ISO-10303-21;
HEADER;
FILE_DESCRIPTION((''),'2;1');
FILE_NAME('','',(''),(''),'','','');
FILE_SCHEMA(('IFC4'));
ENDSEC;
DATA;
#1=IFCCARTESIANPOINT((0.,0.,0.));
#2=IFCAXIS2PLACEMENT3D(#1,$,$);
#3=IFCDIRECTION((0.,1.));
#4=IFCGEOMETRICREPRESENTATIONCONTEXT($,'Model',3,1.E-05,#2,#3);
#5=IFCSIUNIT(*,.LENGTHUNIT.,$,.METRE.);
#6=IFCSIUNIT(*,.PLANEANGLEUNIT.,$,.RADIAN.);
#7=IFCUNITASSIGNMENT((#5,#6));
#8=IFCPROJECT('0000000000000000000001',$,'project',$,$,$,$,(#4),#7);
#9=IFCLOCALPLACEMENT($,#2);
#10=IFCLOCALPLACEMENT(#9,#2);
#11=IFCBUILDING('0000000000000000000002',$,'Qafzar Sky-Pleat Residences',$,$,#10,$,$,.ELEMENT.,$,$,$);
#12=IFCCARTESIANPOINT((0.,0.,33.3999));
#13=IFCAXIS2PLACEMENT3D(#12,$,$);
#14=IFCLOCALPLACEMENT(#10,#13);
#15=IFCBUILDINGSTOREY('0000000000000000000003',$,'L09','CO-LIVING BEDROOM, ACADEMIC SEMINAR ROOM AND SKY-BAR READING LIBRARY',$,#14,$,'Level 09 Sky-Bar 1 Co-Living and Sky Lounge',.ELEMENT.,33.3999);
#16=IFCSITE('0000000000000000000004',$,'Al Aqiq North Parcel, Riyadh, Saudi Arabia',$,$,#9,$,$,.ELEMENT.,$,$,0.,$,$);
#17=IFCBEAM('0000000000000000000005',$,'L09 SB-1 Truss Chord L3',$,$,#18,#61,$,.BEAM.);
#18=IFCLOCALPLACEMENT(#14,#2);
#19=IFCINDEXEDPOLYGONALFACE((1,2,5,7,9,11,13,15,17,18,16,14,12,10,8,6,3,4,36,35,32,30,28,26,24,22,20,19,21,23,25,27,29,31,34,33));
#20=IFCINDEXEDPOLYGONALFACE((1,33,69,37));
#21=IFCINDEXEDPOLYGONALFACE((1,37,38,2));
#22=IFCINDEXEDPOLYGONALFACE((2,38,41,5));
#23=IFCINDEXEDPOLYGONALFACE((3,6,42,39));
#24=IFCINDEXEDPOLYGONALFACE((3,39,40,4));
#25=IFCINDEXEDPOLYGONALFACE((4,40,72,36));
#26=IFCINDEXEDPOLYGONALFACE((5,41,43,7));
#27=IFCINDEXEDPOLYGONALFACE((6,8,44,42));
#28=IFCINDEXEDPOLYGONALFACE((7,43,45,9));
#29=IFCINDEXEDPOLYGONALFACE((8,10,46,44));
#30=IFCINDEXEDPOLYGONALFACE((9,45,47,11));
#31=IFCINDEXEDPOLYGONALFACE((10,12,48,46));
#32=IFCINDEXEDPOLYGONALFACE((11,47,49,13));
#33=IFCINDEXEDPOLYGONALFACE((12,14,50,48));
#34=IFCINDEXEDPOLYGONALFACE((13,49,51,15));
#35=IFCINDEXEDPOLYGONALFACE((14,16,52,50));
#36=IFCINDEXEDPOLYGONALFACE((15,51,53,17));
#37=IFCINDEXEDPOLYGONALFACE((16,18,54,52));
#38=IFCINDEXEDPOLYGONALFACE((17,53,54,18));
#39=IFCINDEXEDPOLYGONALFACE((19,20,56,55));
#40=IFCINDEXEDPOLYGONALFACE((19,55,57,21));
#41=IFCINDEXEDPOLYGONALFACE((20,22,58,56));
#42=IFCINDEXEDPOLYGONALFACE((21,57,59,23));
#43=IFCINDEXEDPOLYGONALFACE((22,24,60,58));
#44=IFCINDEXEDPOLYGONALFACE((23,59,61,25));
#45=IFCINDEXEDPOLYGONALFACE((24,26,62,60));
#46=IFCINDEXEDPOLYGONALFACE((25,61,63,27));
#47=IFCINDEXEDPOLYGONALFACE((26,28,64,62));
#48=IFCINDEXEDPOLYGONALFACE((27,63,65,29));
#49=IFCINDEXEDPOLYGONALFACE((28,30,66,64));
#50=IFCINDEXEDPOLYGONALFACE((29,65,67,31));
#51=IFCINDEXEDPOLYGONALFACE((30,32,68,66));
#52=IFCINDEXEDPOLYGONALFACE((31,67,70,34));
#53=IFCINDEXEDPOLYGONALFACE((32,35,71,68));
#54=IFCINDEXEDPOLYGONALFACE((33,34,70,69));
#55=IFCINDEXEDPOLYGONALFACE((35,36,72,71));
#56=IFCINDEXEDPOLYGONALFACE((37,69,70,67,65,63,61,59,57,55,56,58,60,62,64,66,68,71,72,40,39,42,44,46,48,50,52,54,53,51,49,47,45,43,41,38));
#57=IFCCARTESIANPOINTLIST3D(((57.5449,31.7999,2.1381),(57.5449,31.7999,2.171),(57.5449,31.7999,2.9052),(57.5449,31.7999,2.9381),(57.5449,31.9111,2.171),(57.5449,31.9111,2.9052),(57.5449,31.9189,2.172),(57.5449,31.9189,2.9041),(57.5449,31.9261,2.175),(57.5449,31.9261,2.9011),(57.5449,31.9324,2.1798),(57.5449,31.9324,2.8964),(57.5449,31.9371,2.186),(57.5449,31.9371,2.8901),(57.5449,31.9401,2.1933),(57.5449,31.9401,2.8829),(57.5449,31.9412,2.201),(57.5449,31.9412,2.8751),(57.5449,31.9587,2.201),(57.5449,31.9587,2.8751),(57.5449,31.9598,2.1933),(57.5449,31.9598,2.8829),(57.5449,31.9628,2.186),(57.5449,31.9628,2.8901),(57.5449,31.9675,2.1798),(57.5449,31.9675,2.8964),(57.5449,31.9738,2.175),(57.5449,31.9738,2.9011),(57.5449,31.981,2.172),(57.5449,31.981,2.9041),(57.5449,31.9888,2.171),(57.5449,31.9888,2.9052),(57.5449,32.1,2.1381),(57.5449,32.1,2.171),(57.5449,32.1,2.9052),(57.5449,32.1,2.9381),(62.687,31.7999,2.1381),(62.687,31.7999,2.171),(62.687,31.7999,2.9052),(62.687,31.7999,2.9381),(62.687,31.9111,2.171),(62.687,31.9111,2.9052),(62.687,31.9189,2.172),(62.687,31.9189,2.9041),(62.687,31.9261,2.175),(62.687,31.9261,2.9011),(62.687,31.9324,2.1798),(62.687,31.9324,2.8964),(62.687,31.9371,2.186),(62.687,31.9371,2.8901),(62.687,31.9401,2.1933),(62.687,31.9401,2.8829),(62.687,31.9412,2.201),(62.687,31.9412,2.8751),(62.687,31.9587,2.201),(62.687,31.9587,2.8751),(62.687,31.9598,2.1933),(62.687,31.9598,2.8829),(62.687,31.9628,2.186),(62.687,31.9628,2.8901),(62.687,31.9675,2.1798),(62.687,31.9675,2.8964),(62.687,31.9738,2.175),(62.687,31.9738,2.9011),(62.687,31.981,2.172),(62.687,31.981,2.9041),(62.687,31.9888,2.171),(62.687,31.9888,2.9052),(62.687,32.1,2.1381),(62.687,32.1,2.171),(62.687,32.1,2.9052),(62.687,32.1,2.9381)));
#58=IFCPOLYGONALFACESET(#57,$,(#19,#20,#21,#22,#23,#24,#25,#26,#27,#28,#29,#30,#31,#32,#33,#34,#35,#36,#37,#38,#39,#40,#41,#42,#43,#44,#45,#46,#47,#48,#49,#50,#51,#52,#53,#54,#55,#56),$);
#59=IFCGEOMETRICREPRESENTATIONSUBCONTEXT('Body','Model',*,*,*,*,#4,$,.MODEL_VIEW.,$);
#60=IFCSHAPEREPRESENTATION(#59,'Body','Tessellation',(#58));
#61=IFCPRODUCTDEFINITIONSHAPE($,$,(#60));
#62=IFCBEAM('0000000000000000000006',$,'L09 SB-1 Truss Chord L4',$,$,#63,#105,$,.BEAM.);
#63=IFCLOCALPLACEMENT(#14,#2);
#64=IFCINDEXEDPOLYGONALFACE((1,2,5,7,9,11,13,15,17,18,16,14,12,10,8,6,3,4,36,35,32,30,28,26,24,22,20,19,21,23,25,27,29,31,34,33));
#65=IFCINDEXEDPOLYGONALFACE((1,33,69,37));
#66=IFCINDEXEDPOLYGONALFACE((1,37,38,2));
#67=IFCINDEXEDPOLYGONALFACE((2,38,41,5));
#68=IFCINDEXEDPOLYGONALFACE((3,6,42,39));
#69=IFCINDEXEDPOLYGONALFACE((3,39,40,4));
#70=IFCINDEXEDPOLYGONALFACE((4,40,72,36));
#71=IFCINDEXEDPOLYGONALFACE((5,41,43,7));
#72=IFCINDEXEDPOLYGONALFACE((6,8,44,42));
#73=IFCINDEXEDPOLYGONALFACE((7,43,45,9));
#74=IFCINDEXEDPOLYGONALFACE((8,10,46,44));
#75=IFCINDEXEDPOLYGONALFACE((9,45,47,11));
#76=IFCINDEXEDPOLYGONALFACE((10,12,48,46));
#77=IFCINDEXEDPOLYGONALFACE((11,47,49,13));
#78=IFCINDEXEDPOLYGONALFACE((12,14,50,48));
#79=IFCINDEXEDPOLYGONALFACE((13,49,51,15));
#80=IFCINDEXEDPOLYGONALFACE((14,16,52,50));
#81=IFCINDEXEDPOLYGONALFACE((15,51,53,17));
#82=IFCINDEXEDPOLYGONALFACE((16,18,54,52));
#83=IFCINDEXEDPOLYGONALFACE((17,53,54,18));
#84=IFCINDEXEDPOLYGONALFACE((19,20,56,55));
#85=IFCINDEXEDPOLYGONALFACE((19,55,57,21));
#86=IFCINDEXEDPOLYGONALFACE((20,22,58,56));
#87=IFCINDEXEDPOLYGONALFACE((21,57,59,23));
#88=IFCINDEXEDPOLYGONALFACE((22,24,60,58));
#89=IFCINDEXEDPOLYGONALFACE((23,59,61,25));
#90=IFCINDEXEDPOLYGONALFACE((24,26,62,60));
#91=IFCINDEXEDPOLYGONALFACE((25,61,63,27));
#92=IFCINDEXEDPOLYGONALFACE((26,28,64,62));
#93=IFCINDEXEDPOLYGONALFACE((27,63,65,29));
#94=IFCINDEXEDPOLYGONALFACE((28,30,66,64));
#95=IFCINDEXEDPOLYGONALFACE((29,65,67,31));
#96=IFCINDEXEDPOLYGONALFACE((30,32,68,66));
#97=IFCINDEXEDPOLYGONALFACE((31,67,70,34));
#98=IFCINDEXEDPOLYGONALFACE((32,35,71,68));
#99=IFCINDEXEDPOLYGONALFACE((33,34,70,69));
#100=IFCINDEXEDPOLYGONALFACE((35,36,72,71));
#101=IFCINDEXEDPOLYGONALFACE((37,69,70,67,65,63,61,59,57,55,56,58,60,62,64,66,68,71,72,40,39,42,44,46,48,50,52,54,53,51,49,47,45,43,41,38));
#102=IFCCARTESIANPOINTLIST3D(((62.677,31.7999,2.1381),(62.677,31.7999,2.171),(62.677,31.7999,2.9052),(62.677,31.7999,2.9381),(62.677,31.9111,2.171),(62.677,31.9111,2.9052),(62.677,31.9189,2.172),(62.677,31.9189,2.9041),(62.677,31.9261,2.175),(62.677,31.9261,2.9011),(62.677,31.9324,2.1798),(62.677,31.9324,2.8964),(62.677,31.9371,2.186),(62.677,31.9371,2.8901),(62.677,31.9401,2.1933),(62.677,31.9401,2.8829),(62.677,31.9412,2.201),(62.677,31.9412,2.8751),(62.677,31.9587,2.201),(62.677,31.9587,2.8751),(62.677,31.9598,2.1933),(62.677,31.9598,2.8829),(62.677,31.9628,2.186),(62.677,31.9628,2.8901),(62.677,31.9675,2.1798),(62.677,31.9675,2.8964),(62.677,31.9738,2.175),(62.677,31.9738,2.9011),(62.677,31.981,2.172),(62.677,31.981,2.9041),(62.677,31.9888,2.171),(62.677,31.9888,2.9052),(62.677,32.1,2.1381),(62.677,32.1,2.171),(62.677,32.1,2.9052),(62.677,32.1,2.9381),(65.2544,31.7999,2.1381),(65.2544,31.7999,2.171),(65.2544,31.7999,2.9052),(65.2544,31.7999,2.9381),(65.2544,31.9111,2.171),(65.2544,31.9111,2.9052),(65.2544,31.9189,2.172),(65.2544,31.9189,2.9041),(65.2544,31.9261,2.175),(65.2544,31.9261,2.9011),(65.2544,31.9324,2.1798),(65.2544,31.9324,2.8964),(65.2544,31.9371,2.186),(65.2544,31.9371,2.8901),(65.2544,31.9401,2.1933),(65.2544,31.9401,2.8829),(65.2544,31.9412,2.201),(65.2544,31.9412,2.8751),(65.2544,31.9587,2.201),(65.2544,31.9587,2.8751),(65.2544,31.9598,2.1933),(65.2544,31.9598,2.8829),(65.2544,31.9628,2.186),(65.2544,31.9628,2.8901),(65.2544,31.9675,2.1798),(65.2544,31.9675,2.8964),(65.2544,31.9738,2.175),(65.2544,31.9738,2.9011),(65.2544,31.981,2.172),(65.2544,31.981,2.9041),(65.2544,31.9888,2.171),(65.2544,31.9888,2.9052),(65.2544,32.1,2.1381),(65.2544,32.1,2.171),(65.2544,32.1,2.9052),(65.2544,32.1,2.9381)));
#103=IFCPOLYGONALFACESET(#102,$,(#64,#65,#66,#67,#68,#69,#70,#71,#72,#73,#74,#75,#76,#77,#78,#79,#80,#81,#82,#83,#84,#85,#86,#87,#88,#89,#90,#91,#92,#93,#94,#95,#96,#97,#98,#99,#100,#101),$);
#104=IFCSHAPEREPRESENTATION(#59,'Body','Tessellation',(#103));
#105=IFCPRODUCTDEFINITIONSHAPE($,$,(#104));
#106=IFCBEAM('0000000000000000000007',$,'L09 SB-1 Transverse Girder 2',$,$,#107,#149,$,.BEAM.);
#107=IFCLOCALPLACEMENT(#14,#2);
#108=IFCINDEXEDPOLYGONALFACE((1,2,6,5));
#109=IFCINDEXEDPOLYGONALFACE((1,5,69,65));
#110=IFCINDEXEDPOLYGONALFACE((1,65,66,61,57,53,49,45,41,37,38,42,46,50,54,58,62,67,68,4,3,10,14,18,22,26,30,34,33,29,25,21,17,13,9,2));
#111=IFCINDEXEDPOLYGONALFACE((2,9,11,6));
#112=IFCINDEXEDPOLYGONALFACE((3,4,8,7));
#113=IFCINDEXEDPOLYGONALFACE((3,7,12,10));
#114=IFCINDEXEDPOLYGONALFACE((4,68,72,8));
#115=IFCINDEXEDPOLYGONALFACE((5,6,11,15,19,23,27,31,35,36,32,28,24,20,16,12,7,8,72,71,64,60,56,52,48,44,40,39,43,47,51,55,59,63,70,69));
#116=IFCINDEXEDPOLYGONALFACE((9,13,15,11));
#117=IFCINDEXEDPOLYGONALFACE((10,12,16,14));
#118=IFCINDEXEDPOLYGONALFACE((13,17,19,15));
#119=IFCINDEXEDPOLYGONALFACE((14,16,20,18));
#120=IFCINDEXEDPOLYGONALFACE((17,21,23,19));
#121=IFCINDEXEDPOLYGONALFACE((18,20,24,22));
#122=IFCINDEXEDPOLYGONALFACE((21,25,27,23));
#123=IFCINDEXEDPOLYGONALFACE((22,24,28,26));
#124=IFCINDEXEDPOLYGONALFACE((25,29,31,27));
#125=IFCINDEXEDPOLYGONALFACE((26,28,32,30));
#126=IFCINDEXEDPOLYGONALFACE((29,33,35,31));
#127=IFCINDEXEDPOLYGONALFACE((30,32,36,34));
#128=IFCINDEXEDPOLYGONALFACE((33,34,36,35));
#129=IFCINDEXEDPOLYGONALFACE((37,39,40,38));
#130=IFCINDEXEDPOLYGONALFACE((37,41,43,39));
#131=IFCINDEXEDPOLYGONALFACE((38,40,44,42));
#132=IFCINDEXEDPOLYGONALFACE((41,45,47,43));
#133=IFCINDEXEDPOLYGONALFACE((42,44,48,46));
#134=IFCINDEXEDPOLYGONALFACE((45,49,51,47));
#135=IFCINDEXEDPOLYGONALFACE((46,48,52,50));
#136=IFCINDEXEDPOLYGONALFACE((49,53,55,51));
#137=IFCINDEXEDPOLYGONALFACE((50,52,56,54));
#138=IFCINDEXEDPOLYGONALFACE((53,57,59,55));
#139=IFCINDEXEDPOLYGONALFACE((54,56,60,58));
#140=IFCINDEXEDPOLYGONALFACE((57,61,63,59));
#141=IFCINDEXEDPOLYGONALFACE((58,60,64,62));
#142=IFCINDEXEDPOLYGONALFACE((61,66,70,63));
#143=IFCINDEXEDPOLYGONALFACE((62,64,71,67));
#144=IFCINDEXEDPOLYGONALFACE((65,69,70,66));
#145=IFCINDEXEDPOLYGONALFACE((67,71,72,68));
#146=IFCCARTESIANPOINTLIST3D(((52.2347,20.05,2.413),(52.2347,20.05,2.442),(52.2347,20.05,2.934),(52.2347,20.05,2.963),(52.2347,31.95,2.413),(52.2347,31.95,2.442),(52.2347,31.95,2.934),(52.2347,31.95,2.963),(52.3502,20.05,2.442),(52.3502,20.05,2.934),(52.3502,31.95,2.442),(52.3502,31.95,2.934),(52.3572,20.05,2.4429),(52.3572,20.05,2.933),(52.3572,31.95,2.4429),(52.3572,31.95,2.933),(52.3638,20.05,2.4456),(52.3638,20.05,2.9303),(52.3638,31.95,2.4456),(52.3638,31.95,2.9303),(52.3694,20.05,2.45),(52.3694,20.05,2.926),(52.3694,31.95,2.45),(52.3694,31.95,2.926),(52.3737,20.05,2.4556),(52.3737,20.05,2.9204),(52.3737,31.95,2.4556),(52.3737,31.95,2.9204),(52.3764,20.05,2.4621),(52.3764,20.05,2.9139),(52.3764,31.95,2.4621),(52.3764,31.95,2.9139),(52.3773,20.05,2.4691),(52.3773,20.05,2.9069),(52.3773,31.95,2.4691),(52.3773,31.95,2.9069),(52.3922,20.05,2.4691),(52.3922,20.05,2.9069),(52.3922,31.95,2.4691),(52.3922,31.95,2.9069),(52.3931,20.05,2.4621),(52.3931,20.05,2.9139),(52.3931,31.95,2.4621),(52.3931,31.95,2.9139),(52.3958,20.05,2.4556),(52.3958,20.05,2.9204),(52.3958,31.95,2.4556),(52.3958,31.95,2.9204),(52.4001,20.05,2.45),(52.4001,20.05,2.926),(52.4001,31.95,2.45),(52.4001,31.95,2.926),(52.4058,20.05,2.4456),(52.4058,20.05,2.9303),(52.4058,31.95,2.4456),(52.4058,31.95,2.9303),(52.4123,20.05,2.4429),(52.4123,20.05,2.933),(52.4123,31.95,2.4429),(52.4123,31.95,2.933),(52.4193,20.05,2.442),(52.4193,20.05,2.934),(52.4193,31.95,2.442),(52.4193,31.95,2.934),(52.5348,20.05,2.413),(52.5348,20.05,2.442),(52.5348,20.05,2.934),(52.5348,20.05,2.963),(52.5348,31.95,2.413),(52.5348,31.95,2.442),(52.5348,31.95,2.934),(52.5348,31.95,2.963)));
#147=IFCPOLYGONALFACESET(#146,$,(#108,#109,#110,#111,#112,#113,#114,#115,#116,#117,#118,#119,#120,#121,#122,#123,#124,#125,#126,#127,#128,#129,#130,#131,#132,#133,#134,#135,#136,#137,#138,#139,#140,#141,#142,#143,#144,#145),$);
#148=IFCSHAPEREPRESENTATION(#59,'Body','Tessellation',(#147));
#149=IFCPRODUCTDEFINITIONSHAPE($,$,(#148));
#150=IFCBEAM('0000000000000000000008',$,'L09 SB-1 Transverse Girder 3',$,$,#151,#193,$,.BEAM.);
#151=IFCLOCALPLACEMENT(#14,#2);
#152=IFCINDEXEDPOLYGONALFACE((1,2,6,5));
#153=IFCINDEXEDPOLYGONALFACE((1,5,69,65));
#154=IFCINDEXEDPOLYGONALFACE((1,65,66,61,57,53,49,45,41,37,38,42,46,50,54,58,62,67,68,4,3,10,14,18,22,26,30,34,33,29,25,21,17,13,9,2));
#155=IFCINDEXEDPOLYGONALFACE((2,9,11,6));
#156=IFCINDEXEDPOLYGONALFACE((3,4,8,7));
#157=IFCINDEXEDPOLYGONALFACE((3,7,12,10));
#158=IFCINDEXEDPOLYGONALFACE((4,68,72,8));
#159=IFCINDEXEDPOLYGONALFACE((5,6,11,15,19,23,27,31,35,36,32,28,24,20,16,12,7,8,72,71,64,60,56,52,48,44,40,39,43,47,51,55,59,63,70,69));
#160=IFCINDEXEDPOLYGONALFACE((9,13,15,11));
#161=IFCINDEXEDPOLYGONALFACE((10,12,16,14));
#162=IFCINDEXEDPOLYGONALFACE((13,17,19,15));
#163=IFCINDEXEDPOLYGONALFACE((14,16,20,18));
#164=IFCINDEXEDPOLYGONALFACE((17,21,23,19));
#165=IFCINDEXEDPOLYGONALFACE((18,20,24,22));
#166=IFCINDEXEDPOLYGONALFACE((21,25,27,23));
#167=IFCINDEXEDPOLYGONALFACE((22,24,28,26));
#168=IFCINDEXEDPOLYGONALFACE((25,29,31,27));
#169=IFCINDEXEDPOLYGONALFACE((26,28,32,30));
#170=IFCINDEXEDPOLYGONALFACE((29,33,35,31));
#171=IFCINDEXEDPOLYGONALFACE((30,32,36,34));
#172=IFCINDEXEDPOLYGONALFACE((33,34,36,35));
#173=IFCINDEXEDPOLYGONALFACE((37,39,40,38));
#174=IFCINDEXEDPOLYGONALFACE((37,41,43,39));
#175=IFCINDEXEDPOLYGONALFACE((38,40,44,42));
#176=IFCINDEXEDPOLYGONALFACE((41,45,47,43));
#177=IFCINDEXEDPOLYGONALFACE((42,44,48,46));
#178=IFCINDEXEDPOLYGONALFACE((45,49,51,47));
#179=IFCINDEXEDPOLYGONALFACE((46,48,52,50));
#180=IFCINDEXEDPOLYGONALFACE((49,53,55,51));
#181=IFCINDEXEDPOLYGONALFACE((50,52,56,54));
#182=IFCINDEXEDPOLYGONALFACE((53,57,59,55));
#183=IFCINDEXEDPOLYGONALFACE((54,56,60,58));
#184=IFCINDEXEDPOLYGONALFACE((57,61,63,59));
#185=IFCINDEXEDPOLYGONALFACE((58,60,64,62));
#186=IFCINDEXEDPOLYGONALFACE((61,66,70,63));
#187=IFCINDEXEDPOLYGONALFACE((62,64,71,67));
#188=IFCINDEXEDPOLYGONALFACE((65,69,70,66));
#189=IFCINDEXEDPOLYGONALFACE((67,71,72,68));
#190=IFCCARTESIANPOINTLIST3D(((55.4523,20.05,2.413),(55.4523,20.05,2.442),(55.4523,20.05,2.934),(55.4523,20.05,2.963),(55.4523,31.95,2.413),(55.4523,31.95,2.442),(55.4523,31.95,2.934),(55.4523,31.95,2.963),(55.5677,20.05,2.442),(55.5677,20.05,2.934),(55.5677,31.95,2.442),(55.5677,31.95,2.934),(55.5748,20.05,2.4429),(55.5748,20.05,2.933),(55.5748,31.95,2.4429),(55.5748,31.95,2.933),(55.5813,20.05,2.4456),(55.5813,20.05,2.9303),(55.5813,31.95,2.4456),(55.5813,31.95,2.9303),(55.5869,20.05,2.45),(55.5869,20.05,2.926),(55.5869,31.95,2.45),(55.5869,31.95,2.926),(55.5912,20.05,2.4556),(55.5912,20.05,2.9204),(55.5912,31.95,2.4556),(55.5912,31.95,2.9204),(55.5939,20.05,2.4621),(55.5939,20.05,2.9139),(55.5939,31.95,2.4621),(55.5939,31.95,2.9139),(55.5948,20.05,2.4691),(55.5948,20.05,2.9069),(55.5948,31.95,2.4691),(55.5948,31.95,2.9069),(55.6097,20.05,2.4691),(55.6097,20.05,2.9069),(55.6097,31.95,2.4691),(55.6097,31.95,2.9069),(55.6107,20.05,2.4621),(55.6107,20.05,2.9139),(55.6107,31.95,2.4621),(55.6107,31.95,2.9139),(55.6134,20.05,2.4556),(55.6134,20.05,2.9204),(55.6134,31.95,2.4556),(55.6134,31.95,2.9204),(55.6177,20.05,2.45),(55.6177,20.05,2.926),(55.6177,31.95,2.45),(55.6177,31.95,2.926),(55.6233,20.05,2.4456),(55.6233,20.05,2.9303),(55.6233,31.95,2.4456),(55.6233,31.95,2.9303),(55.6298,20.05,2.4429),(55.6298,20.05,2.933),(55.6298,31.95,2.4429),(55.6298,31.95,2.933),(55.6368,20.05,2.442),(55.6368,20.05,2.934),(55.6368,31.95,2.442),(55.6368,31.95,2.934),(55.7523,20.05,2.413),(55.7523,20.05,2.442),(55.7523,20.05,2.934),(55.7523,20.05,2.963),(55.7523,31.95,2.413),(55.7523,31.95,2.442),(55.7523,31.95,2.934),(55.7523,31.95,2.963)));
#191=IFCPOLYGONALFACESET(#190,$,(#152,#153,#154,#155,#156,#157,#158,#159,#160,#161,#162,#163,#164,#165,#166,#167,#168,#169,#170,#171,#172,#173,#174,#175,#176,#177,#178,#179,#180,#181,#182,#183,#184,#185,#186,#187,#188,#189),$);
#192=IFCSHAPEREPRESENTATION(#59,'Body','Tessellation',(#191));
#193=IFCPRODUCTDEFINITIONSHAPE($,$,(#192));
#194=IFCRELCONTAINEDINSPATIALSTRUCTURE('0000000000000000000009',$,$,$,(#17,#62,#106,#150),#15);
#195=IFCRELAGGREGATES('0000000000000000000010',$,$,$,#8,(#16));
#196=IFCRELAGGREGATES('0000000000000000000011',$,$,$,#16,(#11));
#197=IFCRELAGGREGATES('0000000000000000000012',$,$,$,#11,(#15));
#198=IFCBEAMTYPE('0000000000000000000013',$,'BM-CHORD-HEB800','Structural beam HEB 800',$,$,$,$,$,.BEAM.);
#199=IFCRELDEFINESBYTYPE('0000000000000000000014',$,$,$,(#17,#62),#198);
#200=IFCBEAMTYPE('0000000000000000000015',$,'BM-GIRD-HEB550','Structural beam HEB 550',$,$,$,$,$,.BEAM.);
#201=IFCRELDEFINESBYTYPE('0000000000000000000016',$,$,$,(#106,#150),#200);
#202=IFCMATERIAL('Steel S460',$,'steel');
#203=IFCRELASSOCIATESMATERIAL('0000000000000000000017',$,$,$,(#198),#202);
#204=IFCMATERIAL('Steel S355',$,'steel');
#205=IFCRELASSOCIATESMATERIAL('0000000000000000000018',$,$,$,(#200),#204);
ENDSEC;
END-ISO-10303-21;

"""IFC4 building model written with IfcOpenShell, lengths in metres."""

from ifc_helpers import new_model, si_unit, direction, frame, origin, origin_2d, place, context, subcontext, project, spatial, i_section, extrude, source, transform, mapped, material, material_profile, profile_set, type_object, element, save


model = new_model("IFC4")

# Units and contexts
model_context = context("Model", 3, precision=1e-05, world=origin(), true_north=direction((0.0, 1.0)))
body_context = subcontext(model_context, "Body", "Model", "MODEL_VIEW")
ifc_project = project(units=[si_unit("LENGTHUNIT", "METRE"), si_unit("PLANEANGLEUNIT", "RADIAN")], contexts=[model_context])

# Site, building, storey
site_placement = place(None, origin())
site = spatial("IfcSite", under=ifc_project, at=site_placement, Name="Al Aqiq North Parcel, Riyadh, Saudi Arabia", CompositionType="ELEMENT", RefElevation=0.0)
building_placement = place(site_placement, origin())
building = spatial("IfcBuilding", under=site, at=building_placement, Name="Qafzar Sky-Pleat Residences", CompositionType="ELEMENT")
storey_placement = place(building_placement, frame((0.0, 0.0, 33.3999)))
storey = spatial("IfcBuildingStorey", under=building, at=storey_placement, Name="L09", Description="CO-LIVING BEDROOM, ACADEMIC SEMINAR ROOM AND SKY-BAR READING LIBRARY", LongName="Level 09 Sky-Bar 1 Co-Living and Sky Lounge", CompositionType="ELEMENT", Elevation=33.3999)

# Beams
ifc_material_1 = material(Name="Steel S460", Category="steel")
ifc_material_profile_1 = material_profile(ifc_material_1, i_section(OverallWidth=0.3, OverallDepth=0.8, WebThickness=0.0176, FlangeThickness=0.033, FilletRadius=0.03, at=origin_2d()), Name="HEB 800")
ifc_profile_set_1 = profile_set([ifc_material_profile_1], Name="Steel S460")
beam_type_1 = type_object("IfcBeamType", Name="BM-CHORD-HEB800", Description="Structural beam HEB 800", PredefinedType="BEAM", material=ifc_profile_set_1)
shared_shape_1 = source(origin(), body_context, "Body", "SweptSolid", [
    extrude(i_section(OverallWidth=0.3, OverallDepth=0.8, WebThickness=0.0176, FlangeThickness=0.033, FilletRadius=0.03, at=origin_2d()), origin(), (0.0, 0.0, 1.0), 5.1421),
])
beam_1_placement = place(storey_placement, frame((57.5449, 31.95, 2.5381), z_axis=(1.0, 0.0, 0.0), x_axis=(0.0, 1.0, 0.0)))
element("IfcBeam", 1, at=beam_1_placement, inside=storey, type_object=beam_type_1, Name="L09 SB-1 Truss Chord L3", PredefinedType="BEAM", context=body_context, shape_type="MappedRepresentation", body=[
    mapped(shared_shape_1, transform((0.0, 0.0, 0.0), x_axis=(1.0, 0.0, 0.0), y_axis=(0.0, 1.0, 0.0), z_axis=(0.0, 0.0, 1.0), scale=1.0)),
])
shared_shape_2 = source(origin(), body_context, "Body", "SweptSolid", [
    extrude(i_section(OverallWidth=0.3, OverallDepth=0.8, WebThickness=0.0176, FlangeThickness=0.033, FilletRadius=0.03, at=origin_2d()), origin(), (0.0, 0.0, 1.0), 2.5774),
])
beam_2_placement = place(storey_placement, frame((62.677, 31.95, 2.5381), z_axis=(1.0, 0.0, 0.0), x_axis=(0.0, 1.0, 0.0)))
element("IfcBeam", 2, at=beam_2_placement, inside=storey, type_object=beam_type_1, Name="L09 SB-1 Truss Chord L4", PredefinedType="BEAM", context=body_context, shape_type="MappedRepresentation", body=[
    mapped(shared_shape_2, transform((0.0, 0.0, 0.0), x_axis=(1.0, 0.0, 0.0), y_axis=(0.0, 1.0, 0.0), z_axis=(0.0, 0.0, 1.0), scale=1.0)),
])
ifc_material_2 = material(Name="Steel S355", Category="steel")
ifc_material_profile_2 = material_profile(ifc_material_2, i_section(OverallWidth=0.3, OverallDepth=0.55, WebThickness=0.0149, FlangeThickness=0.0291, FilletRadius=0.0271, at=origin_2d()), Name="HEB 550")
ifc_profile_set_2 = profile_set([ifc_material_profile_2], Name="Steel S355")
beam_type_2 = type_object("IfcBeamType", Name="BM-GIRD-HEB550", Description="Structural beam HEB 550", PredefinedType="BEAM", material=ifc_profile_set_2)
shared_shape_3 = source(origin(), body_context, "Body", "SweptSolid", [
    extrude(i_section(OverallWidth=0.3, OverallDepth=0.55, WebThickness=0.0149, FlangeThickness=0.0291, FilletRadius=0.0271, at=origin_2d()), origin(), (0.0, 0.0, 1.0), 11.8999),
])
for number, where, z_axis, x_axis, name in (
    (3, (52.3848, 31.95, 2.688), (0.0, -1.0, 0.0), (1.0, 0.0, 0.0), "L09 SB-1 Transverse Girder 2"),
    (4, (55.6023, 31.95, 2.688), (0.0, -1.0, 0.0), (1.0, 0.0, 0.0), "L09 SB-1 Transverse Girder 3"),
):
    element("IfcBeam", number, at=place(storey_placement, frame(where, z_axis=z_axis, x_axis=x_axis)), inside=storey, type_object=beam_type_2, Name=name, PredefinedType="BEAM", context=body_context, shape_type="MappedRepresentation", body=[
        mapped(shared_shape_3, transform((0.0, 0.0, 0.0), x_axis=(1.0, 0.0, 0.0), y_axis=(0.0, 1.0, 0.0), z_axis=(0.0, 0.0, 1.0), scale=1.0)),
    ])

save(model, "model.ifc")
